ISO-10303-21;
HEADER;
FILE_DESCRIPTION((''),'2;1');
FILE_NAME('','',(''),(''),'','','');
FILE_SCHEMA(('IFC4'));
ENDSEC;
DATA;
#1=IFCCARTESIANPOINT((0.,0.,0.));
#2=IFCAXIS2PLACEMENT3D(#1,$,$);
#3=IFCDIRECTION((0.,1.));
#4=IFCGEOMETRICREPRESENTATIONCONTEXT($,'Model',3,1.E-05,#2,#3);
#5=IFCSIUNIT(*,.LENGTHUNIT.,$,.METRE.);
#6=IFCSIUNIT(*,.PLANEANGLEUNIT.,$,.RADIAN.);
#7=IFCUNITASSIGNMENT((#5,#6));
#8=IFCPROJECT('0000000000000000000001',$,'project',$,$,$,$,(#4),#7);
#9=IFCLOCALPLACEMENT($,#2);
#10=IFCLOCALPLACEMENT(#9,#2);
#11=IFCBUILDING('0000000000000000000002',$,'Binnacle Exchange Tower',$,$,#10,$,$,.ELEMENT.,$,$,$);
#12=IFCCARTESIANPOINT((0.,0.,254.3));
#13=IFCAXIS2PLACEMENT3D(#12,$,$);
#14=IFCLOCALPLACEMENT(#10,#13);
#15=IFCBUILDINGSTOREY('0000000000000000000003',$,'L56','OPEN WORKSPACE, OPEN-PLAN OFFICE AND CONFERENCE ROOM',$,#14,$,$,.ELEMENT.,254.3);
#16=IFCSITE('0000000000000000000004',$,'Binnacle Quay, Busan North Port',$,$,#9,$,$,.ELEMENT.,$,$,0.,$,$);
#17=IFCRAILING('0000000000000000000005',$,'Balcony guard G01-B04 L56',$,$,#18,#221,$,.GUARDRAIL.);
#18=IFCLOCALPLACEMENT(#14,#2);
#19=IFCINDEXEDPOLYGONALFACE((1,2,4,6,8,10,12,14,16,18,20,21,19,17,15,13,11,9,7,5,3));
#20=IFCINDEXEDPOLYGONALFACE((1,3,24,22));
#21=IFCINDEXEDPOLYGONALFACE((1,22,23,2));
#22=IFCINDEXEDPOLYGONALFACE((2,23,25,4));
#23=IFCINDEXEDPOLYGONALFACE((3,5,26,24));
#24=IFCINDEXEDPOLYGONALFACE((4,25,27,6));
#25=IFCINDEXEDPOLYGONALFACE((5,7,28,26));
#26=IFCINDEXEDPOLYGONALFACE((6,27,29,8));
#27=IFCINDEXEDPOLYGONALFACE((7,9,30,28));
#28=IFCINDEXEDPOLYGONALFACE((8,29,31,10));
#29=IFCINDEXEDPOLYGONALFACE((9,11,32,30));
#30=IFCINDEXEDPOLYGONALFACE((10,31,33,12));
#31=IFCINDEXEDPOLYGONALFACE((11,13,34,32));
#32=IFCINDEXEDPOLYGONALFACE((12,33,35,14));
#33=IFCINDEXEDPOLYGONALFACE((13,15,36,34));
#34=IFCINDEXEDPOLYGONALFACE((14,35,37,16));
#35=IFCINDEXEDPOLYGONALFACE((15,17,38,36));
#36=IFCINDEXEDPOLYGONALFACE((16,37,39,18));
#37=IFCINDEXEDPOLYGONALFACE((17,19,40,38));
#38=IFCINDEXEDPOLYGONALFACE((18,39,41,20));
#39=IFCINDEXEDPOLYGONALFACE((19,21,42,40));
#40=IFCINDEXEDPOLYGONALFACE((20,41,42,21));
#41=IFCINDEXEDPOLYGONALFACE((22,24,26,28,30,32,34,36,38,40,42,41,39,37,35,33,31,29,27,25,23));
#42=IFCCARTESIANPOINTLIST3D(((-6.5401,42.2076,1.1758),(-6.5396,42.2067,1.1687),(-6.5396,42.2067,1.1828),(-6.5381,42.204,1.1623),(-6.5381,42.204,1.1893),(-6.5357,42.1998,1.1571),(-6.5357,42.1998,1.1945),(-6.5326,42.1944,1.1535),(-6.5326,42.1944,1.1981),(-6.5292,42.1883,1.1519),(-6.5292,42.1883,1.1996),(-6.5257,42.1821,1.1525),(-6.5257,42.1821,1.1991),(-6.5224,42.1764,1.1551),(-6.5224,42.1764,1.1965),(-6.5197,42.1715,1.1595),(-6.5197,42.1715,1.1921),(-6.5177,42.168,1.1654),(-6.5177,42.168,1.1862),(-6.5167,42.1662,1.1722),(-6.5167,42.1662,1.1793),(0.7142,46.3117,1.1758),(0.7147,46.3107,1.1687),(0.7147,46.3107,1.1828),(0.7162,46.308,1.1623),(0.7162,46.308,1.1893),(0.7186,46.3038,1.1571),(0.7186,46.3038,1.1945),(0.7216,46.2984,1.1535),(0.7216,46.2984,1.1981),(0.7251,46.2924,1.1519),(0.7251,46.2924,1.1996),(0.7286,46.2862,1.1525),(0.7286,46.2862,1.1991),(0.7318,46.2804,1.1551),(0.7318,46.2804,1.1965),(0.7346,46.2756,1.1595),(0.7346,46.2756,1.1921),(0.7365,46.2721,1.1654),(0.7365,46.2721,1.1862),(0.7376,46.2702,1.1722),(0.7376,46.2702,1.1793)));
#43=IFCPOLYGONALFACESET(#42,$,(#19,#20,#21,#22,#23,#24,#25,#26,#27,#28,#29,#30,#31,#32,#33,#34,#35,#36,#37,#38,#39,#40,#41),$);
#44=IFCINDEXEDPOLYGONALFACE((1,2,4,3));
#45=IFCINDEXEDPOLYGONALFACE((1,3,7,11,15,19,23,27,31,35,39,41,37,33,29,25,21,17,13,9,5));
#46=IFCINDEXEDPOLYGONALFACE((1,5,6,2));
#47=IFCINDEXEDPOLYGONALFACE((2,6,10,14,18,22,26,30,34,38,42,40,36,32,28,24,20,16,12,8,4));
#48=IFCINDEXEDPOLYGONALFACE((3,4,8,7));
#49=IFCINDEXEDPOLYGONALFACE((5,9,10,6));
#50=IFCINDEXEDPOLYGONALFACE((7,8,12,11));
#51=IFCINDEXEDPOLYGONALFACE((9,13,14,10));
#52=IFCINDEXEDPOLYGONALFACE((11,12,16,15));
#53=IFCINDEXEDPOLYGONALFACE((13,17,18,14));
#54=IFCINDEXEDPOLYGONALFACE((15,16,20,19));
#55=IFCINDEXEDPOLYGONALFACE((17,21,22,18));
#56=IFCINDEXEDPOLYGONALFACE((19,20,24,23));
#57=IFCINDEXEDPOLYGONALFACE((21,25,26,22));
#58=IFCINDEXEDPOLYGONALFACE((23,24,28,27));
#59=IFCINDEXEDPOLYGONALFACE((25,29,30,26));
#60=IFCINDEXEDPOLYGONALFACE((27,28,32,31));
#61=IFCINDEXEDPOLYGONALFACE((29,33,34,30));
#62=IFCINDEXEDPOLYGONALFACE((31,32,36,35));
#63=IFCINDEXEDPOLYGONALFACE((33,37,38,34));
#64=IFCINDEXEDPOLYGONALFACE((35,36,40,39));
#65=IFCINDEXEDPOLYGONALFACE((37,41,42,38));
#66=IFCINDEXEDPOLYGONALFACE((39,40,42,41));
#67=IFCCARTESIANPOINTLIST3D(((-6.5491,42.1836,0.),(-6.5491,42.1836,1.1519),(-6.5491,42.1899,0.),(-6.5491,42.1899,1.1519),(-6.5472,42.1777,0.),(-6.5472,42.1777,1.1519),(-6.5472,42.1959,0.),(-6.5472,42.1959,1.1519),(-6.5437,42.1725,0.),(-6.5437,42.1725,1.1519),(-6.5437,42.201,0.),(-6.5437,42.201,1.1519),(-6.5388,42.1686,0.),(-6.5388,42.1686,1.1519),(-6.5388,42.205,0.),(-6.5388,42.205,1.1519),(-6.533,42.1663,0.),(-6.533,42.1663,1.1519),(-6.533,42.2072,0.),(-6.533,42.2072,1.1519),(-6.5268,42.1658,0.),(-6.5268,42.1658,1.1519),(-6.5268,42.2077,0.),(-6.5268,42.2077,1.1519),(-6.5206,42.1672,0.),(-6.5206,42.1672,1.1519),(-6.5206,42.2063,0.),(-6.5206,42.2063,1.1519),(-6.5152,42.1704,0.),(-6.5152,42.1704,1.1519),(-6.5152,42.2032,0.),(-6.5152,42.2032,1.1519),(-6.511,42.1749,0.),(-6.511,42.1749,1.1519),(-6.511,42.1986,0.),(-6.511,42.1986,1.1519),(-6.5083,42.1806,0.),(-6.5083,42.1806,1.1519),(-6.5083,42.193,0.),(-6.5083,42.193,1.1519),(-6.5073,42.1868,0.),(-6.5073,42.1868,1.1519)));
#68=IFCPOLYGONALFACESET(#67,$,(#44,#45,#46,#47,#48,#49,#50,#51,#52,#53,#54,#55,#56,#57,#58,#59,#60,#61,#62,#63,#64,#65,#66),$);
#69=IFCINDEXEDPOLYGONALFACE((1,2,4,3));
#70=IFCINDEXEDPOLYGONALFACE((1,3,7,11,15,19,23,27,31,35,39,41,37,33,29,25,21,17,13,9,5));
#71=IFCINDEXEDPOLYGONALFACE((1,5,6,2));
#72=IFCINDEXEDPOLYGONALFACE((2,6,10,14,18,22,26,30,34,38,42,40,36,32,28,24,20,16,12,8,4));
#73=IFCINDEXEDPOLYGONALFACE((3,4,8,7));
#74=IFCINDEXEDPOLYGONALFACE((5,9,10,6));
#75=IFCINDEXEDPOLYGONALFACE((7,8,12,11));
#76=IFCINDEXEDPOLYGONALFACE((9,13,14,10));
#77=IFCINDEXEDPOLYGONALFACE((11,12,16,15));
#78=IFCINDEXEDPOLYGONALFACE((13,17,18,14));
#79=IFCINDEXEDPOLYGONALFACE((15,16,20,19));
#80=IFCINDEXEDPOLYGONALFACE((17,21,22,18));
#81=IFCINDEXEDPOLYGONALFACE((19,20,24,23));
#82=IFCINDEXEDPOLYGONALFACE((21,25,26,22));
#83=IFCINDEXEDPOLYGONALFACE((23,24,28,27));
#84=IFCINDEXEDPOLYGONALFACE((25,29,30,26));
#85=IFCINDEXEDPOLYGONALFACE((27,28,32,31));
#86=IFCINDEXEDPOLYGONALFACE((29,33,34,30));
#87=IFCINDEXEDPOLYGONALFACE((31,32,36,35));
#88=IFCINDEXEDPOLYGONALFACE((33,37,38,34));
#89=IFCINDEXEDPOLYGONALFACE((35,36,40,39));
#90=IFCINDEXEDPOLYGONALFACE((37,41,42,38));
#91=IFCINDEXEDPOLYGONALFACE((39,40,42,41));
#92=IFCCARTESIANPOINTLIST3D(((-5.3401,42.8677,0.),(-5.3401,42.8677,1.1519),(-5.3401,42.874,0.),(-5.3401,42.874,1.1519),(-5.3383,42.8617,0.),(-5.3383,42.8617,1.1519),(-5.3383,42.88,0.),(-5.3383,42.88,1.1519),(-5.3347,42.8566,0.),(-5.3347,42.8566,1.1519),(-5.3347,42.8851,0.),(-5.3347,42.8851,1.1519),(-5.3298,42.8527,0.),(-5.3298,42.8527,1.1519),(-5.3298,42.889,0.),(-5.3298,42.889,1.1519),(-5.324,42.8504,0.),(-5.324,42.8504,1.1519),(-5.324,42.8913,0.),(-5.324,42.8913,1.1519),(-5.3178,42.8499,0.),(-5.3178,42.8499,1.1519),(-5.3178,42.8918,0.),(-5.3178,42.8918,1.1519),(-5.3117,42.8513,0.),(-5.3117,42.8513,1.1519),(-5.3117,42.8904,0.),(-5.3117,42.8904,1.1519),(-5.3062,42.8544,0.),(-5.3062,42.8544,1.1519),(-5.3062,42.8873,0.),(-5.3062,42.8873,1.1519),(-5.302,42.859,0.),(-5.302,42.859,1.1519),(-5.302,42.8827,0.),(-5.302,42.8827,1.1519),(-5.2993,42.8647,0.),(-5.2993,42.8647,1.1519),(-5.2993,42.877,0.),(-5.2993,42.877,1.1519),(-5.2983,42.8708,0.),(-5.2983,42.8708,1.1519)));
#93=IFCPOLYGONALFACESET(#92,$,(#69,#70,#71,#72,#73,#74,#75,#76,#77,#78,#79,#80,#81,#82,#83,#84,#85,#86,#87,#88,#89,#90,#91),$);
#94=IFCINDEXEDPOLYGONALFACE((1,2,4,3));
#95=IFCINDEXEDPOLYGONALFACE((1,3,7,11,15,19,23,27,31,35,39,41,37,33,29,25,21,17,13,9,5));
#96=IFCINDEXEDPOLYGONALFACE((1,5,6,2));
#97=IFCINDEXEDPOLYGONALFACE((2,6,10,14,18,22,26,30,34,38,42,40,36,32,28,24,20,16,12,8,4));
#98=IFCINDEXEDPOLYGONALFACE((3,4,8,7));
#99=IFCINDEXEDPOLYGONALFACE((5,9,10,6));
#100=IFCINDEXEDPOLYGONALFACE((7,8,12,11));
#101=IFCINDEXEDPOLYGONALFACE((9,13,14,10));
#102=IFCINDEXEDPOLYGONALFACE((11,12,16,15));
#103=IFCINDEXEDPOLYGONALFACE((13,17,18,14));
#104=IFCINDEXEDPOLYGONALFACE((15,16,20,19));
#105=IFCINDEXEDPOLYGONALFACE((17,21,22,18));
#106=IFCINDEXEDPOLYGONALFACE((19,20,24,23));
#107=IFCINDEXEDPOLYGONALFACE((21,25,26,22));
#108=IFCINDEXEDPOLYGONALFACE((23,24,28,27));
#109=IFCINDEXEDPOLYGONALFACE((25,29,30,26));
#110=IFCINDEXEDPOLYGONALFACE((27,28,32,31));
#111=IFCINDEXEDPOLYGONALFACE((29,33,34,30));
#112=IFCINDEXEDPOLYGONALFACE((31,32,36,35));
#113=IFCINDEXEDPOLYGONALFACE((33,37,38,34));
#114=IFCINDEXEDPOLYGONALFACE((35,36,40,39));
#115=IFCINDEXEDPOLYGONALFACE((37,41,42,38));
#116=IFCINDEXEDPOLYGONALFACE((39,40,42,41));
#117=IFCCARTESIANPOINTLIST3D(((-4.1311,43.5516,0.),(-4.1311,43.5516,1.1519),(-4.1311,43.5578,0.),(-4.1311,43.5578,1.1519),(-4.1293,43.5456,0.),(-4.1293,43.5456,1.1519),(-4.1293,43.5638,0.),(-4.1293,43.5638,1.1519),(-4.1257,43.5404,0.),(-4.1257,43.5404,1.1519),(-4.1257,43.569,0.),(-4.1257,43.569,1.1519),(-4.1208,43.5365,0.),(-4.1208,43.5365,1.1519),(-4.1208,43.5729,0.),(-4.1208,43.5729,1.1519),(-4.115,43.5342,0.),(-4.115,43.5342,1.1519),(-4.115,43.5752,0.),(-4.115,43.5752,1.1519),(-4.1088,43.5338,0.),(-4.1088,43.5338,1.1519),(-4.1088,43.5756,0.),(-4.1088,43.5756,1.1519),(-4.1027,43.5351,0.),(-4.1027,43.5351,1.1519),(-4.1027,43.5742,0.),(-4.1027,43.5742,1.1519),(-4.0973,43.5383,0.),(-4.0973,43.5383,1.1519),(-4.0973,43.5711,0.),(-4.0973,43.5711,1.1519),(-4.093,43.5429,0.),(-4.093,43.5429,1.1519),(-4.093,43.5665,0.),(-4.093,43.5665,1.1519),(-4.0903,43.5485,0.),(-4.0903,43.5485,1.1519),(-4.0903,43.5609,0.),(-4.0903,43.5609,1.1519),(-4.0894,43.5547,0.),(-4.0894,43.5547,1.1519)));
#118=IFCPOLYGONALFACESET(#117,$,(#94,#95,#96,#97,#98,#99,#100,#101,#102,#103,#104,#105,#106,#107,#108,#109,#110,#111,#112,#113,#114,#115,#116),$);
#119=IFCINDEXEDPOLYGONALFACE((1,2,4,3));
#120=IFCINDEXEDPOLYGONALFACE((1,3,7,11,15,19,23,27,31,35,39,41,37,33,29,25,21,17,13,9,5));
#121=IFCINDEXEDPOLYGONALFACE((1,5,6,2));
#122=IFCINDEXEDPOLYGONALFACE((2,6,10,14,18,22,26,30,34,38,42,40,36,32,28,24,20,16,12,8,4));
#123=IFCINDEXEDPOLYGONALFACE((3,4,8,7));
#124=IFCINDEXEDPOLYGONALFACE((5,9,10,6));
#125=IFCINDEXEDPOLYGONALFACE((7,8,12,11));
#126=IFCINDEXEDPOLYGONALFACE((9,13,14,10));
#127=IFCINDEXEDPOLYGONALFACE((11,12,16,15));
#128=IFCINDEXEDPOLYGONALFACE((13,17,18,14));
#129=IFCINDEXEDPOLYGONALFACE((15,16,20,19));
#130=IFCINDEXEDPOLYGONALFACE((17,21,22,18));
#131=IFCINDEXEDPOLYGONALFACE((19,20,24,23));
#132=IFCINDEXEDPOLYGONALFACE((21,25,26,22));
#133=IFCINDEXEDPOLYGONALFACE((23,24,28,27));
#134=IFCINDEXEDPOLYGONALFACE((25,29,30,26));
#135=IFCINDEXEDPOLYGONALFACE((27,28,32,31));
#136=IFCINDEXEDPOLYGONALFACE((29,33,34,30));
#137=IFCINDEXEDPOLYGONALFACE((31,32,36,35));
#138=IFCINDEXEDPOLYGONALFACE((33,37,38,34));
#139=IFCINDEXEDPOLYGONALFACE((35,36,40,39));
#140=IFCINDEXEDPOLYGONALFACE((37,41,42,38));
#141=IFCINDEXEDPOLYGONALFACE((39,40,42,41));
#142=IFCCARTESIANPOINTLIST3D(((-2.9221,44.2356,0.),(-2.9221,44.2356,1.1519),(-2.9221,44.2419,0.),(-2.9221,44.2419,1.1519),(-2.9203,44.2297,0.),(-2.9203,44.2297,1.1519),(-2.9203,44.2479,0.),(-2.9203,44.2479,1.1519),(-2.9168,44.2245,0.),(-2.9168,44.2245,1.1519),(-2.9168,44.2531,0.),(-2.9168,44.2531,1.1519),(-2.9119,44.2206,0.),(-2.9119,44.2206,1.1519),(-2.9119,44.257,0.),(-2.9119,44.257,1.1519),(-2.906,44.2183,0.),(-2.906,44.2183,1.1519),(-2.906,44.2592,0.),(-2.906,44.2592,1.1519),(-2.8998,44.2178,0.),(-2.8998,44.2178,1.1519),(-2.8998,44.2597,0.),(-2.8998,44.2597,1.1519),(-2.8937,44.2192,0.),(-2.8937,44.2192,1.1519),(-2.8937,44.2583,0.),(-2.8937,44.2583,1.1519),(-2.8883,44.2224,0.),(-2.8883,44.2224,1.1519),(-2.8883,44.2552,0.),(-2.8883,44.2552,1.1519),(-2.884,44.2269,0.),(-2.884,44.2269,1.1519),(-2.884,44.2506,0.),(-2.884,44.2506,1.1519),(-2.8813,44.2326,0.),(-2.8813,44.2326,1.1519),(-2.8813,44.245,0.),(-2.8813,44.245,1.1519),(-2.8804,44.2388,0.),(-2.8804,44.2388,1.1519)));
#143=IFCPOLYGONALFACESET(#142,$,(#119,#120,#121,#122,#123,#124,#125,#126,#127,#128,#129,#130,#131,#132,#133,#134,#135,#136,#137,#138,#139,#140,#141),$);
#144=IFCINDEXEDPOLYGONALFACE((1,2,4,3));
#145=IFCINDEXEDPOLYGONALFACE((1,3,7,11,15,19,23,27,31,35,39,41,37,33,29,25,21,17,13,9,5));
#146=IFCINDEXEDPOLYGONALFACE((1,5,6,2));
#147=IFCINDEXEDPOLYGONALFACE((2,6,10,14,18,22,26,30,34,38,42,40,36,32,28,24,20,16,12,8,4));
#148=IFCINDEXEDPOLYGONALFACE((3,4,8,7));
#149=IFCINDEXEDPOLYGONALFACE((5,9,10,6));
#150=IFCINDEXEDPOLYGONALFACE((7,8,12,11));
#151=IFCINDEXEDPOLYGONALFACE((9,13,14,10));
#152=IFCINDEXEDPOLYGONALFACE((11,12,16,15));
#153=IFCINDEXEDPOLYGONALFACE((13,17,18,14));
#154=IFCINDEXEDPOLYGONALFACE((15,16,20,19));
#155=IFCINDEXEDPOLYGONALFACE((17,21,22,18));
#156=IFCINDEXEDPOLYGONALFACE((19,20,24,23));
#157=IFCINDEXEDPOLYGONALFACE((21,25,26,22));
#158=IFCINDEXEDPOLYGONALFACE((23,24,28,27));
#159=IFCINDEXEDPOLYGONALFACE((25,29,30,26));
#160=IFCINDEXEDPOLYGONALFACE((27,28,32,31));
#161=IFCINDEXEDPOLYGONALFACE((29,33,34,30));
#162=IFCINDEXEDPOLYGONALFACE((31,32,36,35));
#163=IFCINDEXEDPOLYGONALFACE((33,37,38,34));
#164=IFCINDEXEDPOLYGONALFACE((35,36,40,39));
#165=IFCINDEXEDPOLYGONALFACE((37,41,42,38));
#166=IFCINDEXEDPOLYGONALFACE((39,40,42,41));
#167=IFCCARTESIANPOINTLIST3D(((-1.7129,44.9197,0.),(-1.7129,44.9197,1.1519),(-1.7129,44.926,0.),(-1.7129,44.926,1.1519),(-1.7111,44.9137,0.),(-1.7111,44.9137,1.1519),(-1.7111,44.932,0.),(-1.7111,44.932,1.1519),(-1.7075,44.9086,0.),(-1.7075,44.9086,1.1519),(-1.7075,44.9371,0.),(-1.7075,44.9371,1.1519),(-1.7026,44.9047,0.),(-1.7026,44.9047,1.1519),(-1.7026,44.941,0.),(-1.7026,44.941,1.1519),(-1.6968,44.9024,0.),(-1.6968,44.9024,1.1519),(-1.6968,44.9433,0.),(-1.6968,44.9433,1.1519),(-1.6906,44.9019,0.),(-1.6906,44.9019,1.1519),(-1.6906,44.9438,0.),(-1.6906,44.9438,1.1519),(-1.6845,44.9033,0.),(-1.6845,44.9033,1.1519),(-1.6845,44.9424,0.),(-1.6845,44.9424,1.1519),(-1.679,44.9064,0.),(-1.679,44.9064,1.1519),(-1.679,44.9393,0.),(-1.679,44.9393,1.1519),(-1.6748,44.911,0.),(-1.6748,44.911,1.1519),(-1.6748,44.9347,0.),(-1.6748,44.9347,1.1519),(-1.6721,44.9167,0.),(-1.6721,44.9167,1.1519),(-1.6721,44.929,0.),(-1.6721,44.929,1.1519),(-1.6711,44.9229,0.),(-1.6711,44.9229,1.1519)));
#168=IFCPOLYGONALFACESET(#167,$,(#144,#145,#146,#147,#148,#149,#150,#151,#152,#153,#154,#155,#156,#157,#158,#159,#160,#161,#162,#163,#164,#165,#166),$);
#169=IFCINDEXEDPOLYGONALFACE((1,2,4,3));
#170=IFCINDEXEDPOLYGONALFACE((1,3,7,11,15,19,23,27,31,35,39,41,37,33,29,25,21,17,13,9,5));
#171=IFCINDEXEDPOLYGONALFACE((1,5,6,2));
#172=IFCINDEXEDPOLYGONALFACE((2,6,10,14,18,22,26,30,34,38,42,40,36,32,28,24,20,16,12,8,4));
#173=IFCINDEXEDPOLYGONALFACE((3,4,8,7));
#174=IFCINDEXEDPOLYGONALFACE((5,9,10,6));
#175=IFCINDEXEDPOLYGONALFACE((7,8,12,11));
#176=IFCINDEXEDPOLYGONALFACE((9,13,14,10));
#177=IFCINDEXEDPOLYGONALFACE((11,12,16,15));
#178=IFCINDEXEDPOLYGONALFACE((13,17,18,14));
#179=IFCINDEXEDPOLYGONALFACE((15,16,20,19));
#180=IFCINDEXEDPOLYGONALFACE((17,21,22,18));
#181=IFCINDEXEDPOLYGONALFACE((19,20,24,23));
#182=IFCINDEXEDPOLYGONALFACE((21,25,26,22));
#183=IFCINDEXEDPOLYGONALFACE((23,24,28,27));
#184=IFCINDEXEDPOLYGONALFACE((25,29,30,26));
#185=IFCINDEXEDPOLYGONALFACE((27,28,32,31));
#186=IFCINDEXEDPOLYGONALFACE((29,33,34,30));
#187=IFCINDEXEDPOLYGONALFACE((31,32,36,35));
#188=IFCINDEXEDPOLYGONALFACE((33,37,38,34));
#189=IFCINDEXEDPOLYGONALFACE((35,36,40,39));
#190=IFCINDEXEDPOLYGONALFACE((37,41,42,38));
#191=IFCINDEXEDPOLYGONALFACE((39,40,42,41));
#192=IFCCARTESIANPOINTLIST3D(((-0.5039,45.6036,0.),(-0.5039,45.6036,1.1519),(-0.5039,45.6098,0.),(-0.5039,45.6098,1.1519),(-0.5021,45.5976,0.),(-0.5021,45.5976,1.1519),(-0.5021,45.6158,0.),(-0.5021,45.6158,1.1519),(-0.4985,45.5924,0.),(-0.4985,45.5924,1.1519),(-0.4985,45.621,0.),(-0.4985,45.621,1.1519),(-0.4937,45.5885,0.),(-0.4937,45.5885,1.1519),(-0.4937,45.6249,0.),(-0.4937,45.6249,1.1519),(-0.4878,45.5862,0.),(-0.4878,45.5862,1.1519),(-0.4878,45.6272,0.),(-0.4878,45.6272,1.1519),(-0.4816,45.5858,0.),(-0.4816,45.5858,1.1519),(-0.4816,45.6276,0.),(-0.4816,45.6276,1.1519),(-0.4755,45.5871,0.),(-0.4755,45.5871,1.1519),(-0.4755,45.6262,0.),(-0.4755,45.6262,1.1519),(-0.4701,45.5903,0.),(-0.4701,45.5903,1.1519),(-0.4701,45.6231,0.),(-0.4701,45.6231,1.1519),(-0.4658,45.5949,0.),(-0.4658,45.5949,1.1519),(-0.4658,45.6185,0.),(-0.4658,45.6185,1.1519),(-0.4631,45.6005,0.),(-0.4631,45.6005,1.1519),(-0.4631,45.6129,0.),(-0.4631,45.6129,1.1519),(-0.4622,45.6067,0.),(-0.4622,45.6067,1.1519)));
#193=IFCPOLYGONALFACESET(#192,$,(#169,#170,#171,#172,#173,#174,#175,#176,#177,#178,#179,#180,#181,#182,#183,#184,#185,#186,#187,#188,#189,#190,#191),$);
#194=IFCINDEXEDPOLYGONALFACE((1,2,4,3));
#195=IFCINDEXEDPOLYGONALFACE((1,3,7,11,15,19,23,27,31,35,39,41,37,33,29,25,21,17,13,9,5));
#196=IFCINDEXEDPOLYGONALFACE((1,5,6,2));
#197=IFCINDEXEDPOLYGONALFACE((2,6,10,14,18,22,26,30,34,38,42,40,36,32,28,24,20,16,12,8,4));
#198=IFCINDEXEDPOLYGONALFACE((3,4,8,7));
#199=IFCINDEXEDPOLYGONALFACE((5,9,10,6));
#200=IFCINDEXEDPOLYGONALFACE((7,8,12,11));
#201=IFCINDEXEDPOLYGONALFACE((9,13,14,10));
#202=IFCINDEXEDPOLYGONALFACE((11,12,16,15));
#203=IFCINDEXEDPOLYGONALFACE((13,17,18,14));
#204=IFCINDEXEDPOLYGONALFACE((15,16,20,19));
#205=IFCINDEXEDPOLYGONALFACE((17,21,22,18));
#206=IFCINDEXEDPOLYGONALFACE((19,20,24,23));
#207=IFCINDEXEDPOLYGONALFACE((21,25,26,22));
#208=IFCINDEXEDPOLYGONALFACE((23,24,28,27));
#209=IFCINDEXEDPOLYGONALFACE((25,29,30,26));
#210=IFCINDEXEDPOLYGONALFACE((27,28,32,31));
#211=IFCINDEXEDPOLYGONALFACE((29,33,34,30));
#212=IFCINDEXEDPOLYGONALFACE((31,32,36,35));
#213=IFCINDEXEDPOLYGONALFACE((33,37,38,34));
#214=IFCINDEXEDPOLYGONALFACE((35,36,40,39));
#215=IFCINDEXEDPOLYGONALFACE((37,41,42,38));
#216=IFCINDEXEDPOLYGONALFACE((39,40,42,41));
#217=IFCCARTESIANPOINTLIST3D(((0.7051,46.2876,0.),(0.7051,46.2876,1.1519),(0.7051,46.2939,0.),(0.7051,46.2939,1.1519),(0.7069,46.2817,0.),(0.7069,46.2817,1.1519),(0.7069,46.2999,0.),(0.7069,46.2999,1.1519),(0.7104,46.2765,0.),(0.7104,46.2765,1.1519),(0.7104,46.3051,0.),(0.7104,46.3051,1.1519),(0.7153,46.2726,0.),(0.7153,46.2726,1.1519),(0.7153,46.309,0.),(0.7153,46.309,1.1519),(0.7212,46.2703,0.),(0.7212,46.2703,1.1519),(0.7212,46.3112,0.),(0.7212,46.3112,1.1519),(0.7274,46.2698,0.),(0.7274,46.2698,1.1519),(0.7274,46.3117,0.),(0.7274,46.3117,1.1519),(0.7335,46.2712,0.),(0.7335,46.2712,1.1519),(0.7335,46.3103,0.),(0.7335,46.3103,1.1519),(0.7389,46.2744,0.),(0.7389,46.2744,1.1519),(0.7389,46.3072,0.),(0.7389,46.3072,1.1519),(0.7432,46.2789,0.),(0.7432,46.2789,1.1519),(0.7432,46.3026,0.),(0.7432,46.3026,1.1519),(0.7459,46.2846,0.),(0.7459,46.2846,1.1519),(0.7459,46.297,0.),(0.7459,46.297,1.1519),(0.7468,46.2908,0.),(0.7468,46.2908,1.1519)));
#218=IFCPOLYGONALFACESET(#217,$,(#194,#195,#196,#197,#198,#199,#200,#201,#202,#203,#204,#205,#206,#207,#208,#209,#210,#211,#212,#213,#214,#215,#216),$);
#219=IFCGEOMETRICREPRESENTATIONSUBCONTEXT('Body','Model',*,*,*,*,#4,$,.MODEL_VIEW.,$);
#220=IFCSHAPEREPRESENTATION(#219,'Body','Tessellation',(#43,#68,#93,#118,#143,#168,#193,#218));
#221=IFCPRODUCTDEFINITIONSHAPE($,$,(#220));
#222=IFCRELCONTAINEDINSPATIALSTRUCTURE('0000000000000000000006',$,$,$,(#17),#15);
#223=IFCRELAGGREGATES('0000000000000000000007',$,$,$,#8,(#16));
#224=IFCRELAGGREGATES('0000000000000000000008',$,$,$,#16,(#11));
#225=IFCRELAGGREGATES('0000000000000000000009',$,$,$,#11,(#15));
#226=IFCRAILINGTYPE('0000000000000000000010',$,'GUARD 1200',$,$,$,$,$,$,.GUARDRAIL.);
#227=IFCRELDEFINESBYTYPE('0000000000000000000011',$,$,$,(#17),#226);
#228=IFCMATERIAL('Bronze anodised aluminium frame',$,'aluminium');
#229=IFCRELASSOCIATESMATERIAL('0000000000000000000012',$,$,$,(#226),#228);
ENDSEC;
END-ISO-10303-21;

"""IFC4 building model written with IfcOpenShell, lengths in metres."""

from ifc_helpers import new_model, si_unit, direction, frame, origin, origin_2d, place, context, subcontext, project, spatial, circle, extrude, material, type_object, element, save


model = new_model("IFC4")

# Units and contexts
model_context = context("Model", 3, precision=1e-05, world=origin(), true_north=direction((0.0, 1.0)))
body_context = subcontext(model_context, "Body", "Model", "MODEL_VIEW")
ifc_project = project(units=[si_unit("LENGTHUNIT", "METRE"), si_unit("PLANEANGLEUNIT", "RADIAN")], contexts=[model_context])

# Site, building, storey
site_placement = place(None, origin())
site = spatial("IfcSite", under=ifc_project, at=site_placement, Name="Binnacle Quay, Busan North Port", CompositionType="ELEMENT", RefElevation=0.0)
building_placement = place(site_placement, origin())
building = spatial("IfcBuilding", under=site, at=building_placement, Name="Binnacle Exchange Tower", CompositionType="ELEMENT")
storey_placement = place(building_placement, frame((0.0, 0.0, 254.3)))
storey = spatial("IfcBuildingStorey", under=building, at=storey_placement, Name="L56", Description="OPEN WORKSPACE, OPEN-PLAN OFFICE AND CONFERENCE ROOM", CompositionType="ELEMENT", Elevation=254.3)

# Railing
ifc_material_1 = material(Name="Bronze anodised aluminium frame", Category="aluminium")
railing_type = type_object("IfcRailingType", Name="GUARD 1200", PredefinedType="GUARDRAIL", material=ifc_material_1)
railing_1_placement = place(storey_placement, frame((-6.5283, 42.1868, 0.0)))
element("IfcRailing", 1, at=railing_1_placement, inside=storey, type_object=railing_type, Name="Balcony guard G01-B04 L56", PredefinedType="GUARDRAIL", context=body_context, shape_type="SweptSolid", body=[
    extrude(circle(Radius=0.0239, at=origin_2d()), frame((0.0, 0.0, 1.1758), z_axis=(0.870366, 0.492406, 0.0), x_axis=(-0.492406, 0.870366, 0.0)), (0.0, 0.0, 1.0), 8.3347),
    extrude(circle(Radius=0.021, at=origin_2d()), origin(), (0.0, 0.0, 1.0), 1.1519),
    extrude(circle(Radius=0.021, at=origin_2d()), frame((1.209, 0.6841, 0.0)), (0.0, 0.0, 1.0), 1.1519),
    extrude(circle(Radius=0.021, at=origin_2d()), frame((2.418, 1.3679, 0.0)), (0.0, 0.0, 1.0), 1.1519),
    extrude(circle(Radius=0.021, at=origin_2d()), frame((3.627, 2.052, 0.0)), (0.0, 0.0, 1.0), 1.1519),
    extrude(circle(Radius=0.021, at=origin_2d()), frame((4.8362, 2.7361, 0.0)), (0.0, 0.0, 1.0), 1.1519),
    extrude(circle(Radius=0.021, at=origin_2d()), frame((6.0452, 3.4199, 0.0)), (0.0, 0.0, 1.0), 1.1519),
    extrude(circle(Radius=0.021, at=origin_2d()), frame((7.2542, 4.104, 0.0)), (0.0, 0.0, 1.0), 1.1519),
])

save(model, "model.ifc")
